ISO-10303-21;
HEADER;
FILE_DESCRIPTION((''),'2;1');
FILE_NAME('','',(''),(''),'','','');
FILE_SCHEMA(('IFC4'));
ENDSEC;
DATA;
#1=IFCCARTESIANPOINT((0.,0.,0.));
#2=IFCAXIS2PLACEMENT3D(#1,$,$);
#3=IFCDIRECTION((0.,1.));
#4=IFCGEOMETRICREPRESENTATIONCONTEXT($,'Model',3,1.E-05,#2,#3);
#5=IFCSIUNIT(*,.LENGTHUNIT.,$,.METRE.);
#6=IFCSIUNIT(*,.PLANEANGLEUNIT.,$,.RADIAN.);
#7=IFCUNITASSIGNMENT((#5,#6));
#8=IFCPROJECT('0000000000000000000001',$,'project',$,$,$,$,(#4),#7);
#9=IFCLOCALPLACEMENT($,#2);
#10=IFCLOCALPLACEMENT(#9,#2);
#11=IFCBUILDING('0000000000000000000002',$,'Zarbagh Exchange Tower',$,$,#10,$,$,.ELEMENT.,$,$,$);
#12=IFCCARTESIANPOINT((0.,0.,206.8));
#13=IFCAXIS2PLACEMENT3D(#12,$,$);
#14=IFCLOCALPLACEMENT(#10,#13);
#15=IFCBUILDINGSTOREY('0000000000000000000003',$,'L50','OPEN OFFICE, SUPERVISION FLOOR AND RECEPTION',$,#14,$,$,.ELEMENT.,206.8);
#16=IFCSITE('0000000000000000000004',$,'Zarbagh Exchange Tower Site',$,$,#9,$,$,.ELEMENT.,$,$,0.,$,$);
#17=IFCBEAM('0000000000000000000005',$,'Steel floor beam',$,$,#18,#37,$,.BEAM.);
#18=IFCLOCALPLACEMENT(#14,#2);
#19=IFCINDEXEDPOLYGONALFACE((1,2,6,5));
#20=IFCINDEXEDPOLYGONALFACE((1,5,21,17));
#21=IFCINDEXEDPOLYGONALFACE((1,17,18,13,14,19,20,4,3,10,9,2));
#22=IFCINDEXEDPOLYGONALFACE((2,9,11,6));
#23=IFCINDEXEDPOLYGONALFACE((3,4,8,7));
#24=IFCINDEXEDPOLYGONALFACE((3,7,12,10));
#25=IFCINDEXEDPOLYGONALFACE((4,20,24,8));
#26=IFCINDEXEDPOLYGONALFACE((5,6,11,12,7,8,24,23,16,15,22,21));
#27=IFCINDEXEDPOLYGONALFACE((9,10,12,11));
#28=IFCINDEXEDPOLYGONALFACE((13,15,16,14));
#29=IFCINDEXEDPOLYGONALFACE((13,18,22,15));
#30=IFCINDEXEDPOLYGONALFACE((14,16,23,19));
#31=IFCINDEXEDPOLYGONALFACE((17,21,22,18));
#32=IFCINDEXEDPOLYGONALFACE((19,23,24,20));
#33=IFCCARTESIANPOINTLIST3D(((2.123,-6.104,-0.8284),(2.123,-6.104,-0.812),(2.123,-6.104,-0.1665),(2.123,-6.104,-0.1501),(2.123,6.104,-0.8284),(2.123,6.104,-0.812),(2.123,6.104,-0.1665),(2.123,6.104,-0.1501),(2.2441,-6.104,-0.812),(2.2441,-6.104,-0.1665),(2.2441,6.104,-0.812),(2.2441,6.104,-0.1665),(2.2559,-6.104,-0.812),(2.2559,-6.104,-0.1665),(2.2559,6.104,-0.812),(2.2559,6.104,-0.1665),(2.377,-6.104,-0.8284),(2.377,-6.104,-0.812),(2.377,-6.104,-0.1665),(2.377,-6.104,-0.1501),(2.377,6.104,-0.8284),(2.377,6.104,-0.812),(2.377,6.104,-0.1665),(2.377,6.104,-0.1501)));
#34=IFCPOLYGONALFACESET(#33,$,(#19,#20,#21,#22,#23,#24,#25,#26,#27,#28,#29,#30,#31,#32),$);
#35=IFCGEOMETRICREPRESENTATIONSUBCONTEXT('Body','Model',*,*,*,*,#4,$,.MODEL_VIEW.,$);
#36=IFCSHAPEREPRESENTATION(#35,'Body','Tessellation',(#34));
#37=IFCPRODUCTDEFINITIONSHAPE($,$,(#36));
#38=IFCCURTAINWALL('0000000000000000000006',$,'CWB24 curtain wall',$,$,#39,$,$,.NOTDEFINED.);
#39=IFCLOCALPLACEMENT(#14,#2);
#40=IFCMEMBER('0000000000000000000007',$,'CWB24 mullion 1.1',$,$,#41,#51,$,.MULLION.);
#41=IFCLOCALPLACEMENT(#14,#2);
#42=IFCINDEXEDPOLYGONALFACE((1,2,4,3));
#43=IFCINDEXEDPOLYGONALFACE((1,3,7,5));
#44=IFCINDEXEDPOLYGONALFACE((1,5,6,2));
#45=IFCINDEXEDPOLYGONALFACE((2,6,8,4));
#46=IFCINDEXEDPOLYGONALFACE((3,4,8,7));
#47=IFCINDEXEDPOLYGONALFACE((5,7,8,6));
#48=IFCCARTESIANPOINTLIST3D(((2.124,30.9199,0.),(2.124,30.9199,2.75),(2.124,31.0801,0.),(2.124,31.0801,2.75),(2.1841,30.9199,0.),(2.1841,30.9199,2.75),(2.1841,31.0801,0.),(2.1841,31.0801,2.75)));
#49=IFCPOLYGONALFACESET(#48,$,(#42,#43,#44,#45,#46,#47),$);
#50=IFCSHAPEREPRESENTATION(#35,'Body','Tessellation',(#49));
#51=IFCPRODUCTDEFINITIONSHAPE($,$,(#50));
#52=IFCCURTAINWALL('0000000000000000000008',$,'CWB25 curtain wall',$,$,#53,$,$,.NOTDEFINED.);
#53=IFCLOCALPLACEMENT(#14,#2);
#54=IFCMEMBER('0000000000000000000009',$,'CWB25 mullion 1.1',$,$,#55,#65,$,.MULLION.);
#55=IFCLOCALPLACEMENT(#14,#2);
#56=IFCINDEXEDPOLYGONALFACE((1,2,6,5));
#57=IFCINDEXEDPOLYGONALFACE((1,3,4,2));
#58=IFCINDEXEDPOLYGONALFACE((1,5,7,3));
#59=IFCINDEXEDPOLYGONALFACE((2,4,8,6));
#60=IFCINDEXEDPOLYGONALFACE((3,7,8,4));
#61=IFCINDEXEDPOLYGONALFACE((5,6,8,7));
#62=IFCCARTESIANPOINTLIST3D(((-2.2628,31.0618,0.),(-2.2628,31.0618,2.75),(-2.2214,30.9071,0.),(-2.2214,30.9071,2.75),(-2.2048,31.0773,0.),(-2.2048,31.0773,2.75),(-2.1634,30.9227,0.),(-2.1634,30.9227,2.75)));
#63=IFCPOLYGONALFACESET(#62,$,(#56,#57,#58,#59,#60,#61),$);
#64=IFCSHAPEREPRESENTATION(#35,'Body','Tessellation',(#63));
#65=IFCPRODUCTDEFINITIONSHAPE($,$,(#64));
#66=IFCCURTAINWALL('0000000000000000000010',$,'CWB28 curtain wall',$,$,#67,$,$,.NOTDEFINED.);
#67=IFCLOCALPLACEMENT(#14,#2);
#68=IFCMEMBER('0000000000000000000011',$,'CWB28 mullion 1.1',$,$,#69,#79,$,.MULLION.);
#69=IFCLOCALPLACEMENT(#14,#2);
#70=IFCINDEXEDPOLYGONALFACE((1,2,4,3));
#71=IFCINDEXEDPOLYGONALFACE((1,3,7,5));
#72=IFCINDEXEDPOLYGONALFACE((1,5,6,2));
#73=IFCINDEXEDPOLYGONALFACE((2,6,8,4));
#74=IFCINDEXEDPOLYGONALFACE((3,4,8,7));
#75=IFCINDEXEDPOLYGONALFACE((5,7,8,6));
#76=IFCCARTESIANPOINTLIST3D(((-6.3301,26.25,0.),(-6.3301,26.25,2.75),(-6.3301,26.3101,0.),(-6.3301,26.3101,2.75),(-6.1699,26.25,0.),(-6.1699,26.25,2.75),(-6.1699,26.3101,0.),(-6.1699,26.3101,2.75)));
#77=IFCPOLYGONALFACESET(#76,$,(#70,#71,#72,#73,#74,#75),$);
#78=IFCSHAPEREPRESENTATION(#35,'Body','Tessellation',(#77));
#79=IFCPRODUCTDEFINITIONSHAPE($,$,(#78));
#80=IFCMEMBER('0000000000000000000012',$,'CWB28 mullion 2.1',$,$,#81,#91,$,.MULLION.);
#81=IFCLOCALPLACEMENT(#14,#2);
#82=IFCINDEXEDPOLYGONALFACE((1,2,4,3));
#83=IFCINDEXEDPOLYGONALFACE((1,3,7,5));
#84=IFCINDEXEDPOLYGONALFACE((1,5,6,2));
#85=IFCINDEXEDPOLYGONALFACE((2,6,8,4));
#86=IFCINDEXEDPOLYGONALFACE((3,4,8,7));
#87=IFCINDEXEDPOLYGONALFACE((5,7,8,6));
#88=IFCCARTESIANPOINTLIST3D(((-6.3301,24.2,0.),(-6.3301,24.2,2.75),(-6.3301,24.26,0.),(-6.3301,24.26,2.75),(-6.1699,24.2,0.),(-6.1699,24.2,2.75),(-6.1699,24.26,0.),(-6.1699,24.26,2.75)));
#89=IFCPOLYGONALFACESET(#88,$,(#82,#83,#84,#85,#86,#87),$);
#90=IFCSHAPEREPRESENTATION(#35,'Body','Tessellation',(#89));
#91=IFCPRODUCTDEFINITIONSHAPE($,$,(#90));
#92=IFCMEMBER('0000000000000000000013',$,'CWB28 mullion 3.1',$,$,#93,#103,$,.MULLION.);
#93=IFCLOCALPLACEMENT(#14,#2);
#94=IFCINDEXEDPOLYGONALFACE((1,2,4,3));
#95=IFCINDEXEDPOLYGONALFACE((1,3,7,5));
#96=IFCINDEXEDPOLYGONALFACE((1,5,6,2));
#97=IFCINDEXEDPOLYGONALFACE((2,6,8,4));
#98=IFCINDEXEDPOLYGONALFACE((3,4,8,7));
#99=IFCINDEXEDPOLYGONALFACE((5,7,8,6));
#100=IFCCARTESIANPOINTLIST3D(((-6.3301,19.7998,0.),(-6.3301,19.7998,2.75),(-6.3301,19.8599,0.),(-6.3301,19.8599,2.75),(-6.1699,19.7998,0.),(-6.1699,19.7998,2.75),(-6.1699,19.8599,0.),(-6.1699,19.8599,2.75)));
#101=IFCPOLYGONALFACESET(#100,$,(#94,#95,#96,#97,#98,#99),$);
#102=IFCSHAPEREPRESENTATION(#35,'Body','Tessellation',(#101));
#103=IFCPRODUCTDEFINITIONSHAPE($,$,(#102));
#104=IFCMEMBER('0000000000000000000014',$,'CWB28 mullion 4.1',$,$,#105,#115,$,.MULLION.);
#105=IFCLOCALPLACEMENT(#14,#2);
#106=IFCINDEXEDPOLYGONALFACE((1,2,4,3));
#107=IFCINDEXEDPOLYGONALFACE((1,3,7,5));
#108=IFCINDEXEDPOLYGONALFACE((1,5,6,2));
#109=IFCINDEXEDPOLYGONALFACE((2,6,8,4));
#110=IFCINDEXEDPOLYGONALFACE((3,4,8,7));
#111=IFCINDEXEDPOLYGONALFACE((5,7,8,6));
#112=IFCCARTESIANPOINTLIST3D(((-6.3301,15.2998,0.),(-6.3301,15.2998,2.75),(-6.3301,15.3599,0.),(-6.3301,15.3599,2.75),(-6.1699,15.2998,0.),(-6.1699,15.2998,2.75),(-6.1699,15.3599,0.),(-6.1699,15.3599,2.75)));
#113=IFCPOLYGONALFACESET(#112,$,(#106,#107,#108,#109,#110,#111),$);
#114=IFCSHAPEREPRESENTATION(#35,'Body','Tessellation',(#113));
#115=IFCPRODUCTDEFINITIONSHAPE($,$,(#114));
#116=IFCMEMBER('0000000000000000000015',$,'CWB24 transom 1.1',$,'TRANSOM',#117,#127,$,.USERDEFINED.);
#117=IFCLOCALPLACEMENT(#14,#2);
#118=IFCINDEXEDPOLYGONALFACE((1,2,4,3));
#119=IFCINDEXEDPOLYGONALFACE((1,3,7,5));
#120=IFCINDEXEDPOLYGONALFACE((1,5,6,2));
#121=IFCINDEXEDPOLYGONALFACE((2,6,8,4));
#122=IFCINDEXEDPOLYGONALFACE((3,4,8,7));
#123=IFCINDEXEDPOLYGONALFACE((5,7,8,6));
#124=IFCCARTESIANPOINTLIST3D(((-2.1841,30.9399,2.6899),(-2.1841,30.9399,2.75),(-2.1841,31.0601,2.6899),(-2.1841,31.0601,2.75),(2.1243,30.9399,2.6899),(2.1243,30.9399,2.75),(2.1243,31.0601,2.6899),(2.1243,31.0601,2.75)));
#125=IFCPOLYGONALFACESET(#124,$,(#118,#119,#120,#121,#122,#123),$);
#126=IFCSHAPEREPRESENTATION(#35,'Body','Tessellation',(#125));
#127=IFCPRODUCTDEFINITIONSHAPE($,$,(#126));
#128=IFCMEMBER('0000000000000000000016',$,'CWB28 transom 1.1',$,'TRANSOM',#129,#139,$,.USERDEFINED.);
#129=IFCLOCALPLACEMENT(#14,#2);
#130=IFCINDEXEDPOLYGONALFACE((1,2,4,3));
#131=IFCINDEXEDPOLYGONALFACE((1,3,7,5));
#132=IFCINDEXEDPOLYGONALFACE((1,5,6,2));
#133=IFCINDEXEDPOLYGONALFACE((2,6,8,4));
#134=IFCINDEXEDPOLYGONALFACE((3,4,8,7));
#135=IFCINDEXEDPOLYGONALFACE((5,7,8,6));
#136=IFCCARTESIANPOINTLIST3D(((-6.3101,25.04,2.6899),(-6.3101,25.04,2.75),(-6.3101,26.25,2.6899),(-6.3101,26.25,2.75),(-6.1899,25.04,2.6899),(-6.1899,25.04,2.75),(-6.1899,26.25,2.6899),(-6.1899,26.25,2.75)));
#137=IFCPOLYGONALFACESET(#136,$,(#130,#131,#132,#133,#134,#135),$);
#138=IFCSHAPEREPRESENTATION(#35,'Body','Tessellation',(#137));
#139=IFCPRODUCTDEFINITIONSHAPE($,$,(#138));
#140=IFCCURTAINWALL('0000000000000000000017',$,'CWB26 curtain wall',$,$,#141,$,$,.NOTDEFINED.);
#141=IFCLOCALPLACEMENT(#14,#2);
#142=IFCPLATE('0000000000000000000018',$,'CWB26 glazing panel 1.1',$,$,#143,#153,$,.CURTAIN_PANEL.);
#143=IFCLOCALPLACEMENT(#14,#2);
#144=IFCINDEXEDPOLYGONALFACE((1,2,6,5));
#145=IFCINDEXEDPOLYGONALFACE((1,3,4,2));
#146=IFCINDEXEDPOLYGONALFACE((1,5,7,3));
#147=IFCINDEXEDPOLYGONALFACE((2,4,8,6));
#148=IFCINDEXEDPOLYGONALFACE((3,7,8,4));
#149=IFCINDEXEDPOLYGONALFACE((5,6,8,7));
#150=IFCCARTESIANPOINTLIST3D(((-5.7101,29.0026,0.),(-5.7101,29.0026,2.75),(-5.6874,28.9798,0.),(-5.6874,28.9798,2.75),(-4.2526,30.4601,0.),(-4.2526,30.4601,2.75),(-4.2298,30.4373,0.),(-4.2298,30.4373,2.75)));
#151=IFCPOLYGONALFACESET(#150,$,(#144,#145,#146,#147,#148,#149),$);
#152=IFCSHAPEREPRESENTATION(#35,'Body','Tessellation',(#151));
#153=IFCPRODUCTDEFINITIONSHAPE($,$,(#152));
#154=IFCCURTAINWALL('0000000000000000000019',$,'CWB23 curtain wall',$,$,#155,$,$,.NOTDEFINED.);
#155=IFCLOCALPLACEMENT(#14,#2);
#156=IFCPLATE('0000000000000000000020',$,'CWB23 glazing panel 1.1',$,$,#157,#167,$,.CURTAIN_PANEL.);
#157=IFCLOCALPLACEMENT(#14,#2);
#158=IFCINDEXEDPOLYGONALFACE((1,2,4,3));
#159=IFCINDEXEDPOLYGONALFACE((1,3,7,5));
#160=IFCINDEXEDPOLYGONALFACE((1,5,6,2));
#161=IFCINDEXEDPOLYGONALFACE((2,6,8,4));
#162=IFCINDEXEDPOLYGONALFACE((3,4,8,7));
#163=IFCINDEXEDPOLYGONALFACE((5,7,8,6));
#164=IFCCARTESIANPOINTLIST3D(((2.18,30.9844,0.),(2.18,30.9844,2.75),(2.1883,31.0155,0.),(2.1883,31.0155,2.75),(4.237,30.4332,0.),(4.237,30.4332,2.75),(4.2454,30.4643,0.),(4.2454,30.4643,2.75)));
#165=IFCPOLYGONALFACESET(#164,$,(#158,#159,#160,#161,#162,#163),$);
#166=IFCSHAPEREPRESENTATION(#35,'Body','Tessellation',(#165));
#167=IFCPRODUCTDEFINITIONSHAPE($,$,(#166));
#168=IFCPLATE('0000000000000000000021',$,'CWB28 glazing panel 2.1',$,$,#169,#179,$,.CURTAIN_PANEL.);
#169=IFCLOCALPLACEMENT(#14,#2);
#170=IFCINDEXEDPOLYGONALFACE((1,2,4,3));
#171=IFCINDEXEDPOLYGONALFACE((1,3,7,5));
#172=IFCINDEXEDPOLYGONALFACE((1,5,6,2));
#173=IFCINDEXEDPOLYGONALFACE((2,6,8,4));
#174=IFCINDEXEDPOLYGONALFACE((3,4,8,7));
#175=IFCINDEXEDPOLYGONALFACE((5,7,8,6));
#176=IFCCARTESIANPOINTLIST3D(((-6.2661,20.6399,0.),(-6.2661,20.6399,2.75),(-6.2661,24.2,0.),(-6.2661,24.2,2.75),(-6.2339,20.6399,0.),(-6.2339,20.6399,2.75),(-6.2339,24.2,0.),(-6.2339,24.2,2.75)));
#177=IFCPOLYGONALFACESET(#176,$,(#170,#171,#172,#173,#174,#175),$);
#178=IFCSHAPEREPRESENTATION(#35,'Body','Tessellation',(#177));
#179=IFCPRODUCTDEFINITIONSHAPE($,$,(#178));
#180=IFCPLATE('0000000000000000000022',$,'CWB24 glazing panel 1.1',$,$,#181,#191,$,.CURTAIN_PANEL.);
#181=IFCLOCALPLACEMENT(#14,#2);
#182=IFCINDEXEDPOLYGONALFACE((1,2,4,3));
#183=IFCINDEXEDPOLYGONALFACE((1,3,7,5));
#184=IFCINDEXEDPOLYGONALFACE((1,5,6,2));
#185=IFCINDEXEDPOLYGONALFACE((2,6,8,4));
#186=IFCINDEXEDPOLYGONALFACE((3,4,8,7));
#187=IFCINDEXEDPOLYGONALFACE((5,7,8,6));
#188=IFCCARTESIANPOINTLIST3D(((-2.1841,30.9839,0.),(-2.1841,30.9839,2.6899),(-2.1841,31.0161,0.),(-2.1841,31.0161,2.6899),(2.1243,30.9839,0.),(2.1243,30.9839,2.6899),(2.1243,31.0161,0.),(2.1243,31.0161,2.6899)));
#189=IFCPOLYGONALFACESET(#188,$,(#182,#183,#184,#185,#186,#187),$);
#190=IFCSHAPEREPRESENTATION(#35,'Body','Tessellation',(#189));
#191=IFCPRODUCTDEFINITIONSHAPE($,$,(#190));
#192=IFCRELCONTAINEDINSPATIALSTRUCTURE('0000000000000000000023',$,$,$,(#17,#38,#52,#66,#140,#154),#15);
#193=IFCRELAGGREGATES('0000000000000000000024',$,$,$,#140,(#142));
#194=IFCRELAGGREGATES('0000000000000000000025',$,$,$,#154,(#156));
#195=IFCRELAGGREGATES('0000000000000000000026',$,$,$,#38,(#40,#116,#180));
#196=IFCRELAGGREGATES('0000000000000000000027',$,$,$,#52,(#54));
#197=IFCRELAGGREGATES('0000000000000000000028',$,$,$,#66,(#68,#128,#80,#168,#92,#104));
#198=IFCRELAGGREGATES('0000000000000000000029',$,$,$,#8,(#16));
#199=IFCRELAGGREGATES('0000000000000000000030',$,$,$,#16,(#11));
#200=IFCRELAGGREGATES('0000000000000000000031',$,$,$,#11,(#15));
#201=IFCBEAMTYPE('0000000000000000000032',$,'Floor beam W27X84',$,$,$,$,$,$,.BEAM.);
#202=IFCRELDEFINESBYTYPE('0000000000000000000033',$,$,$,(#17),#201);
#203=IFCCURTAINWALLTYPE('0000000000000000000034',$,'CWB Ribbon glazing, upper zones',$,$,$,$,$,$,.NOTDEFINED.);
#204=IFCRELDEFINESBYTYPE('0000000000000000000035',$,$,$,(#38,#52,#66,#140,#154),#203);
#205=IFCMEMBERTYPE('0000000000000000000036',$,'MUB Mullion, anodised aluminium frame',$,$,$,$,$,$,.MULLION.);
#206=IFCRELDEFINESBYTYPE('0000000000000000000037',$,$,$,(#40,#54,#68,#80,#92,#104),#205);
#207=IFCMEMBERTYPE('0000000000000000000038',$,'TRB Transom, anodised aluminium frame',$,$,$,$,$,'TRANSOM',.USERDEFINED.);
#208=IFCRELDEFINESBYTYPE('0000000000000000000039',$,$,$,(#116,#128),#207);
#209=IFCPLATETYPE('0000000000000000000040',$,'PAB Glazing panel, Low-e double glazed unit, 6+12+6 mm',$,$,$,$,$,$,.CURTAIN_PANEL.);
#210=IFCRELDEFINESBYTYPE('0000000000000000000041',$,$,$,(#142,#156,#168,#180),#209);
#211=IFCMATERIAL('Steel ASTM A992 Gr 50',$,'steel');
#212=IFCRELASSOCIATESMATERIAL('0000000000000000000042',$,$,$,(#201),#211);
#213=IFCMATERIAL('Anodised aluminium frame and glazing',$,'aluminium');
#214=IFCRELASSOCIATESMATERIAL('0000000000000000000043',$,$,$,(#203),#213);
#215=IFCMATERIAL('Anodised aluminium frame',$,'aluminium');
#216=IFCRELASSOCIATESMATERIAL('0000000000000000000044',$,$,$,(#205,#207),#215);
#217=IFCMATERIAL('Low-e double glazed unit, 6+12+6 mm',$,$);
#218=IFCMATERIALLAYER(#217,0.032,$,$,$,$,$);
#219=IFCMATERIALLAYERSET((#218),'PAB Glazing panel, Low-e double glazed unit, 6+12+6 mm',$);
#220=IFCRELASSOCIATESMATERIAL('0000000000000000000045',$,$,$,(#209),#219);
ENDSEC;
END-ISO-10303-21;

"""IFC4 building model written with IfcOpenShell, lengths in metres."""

from ifc_helpers import new_model, si_unit, direction, frame, origin, origin_2d, place, context, subcontext, project, spatial, polyline, i_section, outline, extrude, source, transform, mapped, material, layer, layer_set, material_profile, profile_set, type_object, element, aggregate, save


model = new_model("IFC4")

# Units and contexts
model_context = context("Model", 3, precision=1e-05, world=origin(), true_north=direction((0.0, 1.0)))
body_context = subcontext(model_context, "Body", "Model", "MODEL_VIEW")
ifc_project = project(units=[si_unit("LENGTHUNIT", "METRE"), si_unit("PLANEANGLEUNIT", "RADIAN")], contexts=[model_context])

# Site, building, storey
site_placement = place(None, origin())
site = spatial("IfcSite", under=ifc_project, at=site_placement, Name="Zarbagh Exchange Tower Site", CompositionType="ELEMENT", RefElevation=0.0)
building_placement = place(site_placement, origin())
building = spatial("IfcBuilding", under=site, at=building_placement, Name="Zarbagh Exchange Tower", CompositionType="ELEMENT")
storey_placement = place(building_placement, frame((0.0, 0.0, 206.8)))
storey = spatial("IfcBuildingStorey", under=building, at=storey_placement, Name="L50", Description="OPEN OFFICE, SUPERVISION FLOOR AND RECEPTION", CompositionType="ELEMENT", Elevation=206.8)

# Beam
ifc_material_1 = material(Name="Steel ASTM A992 Gr 50", Category="steel")
ifc_material_profile = material_profile(ifc_material_1, i_section(OverallWidth=0.2539, OverallDepth=0.6782, WebThickness=0.0117, FlangeThickness=0.0164, at=origin_2d()), Name="W27X84")
ifc_profile_set = profile_set([ifc_material_profile], Name="Steel ASTM A992 Gr 50")
beam_type = type_object("IfcBeamType", Name="Floor beam W27X84", PredefinedType="BEAM", material=ifc_profile_set)
beam_placement = place(storey_placement, frame((2.25, -6.104, -0.4893), z_axis=(0.0, 1.0, 0.0), x_axis=(-1.0, 0.0, 0.0)))
element("IfcBeam", 1, at=beam_placement, inside=storey, type_object=beam_type, Name="Steel floor beam", PredefinedType="BEAM", context=body_context, shape_type="SweptSolid", body=[
    extrude(i_section(OverallWidth=0.2539, OverallDepth=0.6782, WebThickness=0.0117, FlangeThickness=0.0164, at=origin_2d()), origin(), (0.0, 0.0, 1.0), 12.208),
])

# Curtain walls, members
ifc_material_2 = material(Name="Anodised aluminium frame and glazing", Category="aluminium")
curtain_wall_type = type_object("IfcCurtainWallType", Name="CWB Ribbon glazing, upper zones", PredefinedType="NOTDEFINED", material=ifc_material_2)
curtain_wall_1_placement = place(storey_placement, origin())
curtain_wall_1 = element("IfcCurtainWall", 2, at=curtain_wall_1_placement, inside=storey, type_object=curtain_wall_type, Name="CWB24 curtain wall", PredefinedType="NOTDEFINED")
ifc_material_3 = material(Name="Anodised aluminium frame", Category="aluminium")
member_type_1 = type_object("IfcMemberType", Name="MUB Mullion, anodised aluminium frame", PredefinedType="MULLION", material=ifc_material_3)
shared_shape_1 = source(origin(), body_context, "Body", "SweptSolid", [
    extrude(outline(polyline([(0.0, -0.0801), (0.0601, -0.0801), (0.0601, 0.0801), (0.0, 0.0801), (0.0, -0.0801)])), origin(), (0.0, 0.0, 1.0), 2.75),
])
placement = place(storey_placement, origin())
member_1 = element("IfcMember", 3, at=placement, type_object=member_type_1, Name="CWB24 mullion 1.1", PredefinedType="MULLION", context=body_context, shape_type="MappedRepresentation", body=[
    mapped(shared_shape_1, transform((2.1841, 31.0, 0.0), x_axis=(-1.0, 0.0, 0.0), y_axis=(0.0, -1.0, 0.0), z_axis=(0.0, 0.0, 1.0))),
])
curtain_wall_2_placement = place(storey_placement, origin())
curtain_wall_2 = element("IfcCurtainWall", 4, at=curtain_wall_2_placement, inside=storey, type_object=curtain_wall_type, Name="CWB25 curtain wall", PredefinedType="NOTDEFINED")
member_2 = element("IfcMember", 5, at=placement, type_object=member_type_1, Name="CWB25 mullion 1.1", PredefinedType="MULLION", context=body_context, shape_type="MappedRepresentation", body=[
    mapped(shared_shape_1, transform((-2.1841, 31.0, 0.0), x_axis=(-0.965924, -0.258825, 0.0), y_axis=(0.258825, -0.965924, 0.0), z_axis=(0.0, 0.0, 1.0))),
])

# Curtain wall, members
curtain_wall_3_placement = place(storey_placement, origin())
curtain_wall_3 = element("IfcCurtainWall", 6, at=curtain_wall_3_placement, inside=storey, type_object=curtain_wall_type, Name="CWB28 curtain wall", PredefinedType="NOTDEFINED")
member_3 = element("IfcMember", 7, at=placement, type_object=member_type_1, Name="CWB28 mullion 1.1", PredefinedType="MULLION", context=body_context, shape_type="MappedRepresentation", body=[
    mapped(shared_shape_1, transform((-6.25, 26.3101, 0.0), x_axis=(0.0, -1.0, 0.0), y_axis=(1.0, 0.0, 0.0), z_axis=(0.0, 0.0, 1.0))),
])
member_4 = element("IfcMember", 8, at=placement, type_object=member_type_1, Name="CWB28 mullion 2.1", PredefinedType="MULLION", context=body_context, shape_type="MappedRepresentation", body=[
    mapped(shared_shape_1, transform((-6.25, 24.26, 0.0), x_axis=(0.0, -1.0, 0.0), y_axis=(1.0, 0.0, 0.0), z_axis=(0.0, 0.0, 1.0))),
])
member_5 = element("IfcMember", 9, at=placement, type_object=member_type_1, Name="CWB28 mullion 3.1", PredefinedType="MULLION", context=body_context, shape_type="MappedRepresentation", body=[
    mapped(shared_shape_1, transform((-6.25, 19.8599, 0.0), x_axis=(0.0, -1.0, 0.0), y_axis=(1.0, 0.0, 0.0), z_axis=(0.0, 0.0, 1.0))),
])
member_6 = element("IfcMember", 10, at=placement, type_object=member_type_1, Name="CWB28 mullion 4.1", PredefinedType="MULLION", context=body_context, shape_type="MappedRepresentation", body=[
    mapped(shared_shape_1, transform((-6.25, 15.3599, 0.0), x_axis=(0.0, -1.0, 0.0), y_axis=(1.0, 0.0, 0.0), z_axis=(0.0, 0.0, 1.0))),
])

# Members
member_type_2 = type_object("IfcMemberType", Name="TRB Transom, anodised aluminium frame", ElementType="TRANSOM", PredefinedType="USERDEFINED", material=ifc_material_3)
shared_shape_2 = source(origin(), body_context, "Body", "SweptSolid", [
    extrude(outline(polyline([(-0.0601, -0.0601), (0.0, -0.0601), (0.0, 0.0601), (-0.0601, 0.0601), (-0.0601, -0.0601)])), origin(), (0.0, 0.0, 1.0), 4.3083),
])
member_7 = element("IfcMember", 11, at=placement, type_object=member_type_2, Name="CWB24 transom 1.1", ObjectType="TRANSOM", PredefinedType="USERDEFINED", context=body_context, shape_type="MappedRepresentation", body=[
    mapped(shared_shape_2, transform((2.1243, 31.0, 2.75), x_axis=(0.0, 0.0, 1.0), y_axis=(0.0, 1.0, 0.0), z_axis=(-1.0, 0.0, 0.0))),
])
shared_shape_3 = source(origin(), body_context, "Body", "SweptSolid", [
    extrude(outline(polyline([(-0.0601, -0.0601), (0.0, -0.0601), (0.0, 0.0601), (-0.0601, 0.0601), (-0.0601, -0.0601)])), origin(), (0.0, 0.0, 1.0), 1.21),
])
member_8 = element("IfcMember", 12, at=placement, type_object=member_type_2, Name="CWB28 transom 1.1", ObjectType="TRANSOM", PredefinedType="USERDEFINED", context=body_context, shape_type="MappedRepresentation", body=[
    mapped(shared_shape_3, transform((-6.25, 26.25, 2.75), x_axis=(0.0, 0.0, 1.0), y_axis=(-1.0, 0.0, 0.0), z_axis=(0.0, -1.0, 0.0))),
])

# Curtain walls, plates
curtain_wall_4_placement = place(storey_placement, origin())
curtain_wall_4 = element("IfcCurtainWall", 13, at=curtain_wall_4_placement, inside=storey, type_object=curtain_wall_type, Name="CWB26 curtain wall", PredefinedType="NOTDEFINED")
ifc_material_4 = material(Name="Low-e double glazed unit, 6+12+6 mm")
ifc_layer_1 = layer(ifc_material_4, 0.032)
ifc_layer_set_1 = layer_set([ifc_layer_1], Name="PAB Glazing panel, Low-e double glazed unit, 6+12+6 mm")
plate_type = type_object("IfcPlateType", Name="PAB Glazing panel, Low-e double glazed unit, 6+12+6 mm", PredefinedType="CURTAIN_PANEL", material=ifc_layer_set_1)
shared_shape_4 = source(origin(), body_context, "Body", "SweptSolid", [
    extrude(outline(polyline([(0.0, -0.0161), (2.0613, -0.0161), (2.0613, 0.0161), (0.0, 0.0161), (0.0, -0.0161)])), origin(), (0.0, 0.0, 1.0), 2.75),
])
plate_1 = element("IfcPlate", 14, at=placement, type_object=plate_type, Name="CWB26 glazing panel 1.1", PredefinedType="CURTAIN_PANEL", context=body_context, shape_type="MappedRepresentation", body=[
    mapped(shared_shape_4, transform((-4.2412, 30.4487, 0.0), x_axis=(-0.707107, -0.707107, 0.0), y_axis=(0.707107, -0.707107, 0.0), z_axis=(0.0, 0.0, 1.0))),
])
aggregate(curtain_wall_4, [plate_1])
curtain_wall_5_placement = place(storey_placement, origin())
curtain_wall_5 = element("IfcCurtainWall", 15, at=curtain_wall_5_placement, inside=storey, type_object=curtain_wall_type, Name="CWB23 curtain wall", PredefinedType="NOTDEFINED")
shared_shape_5 = source(origin(), body_context, "Body", "SweptSolid", [
    extrude(outline(polyline([(0.0, -0.0161), (2.1296, -0.0161), (2.1296, 0.0161), (0.0, 0.0161), (0.0, -0.0161)])), origin(), (0.0, 0.0, 1.0), 2.75),
])
plate_2 = element("IfcPlate", 16, at=placement, type_object=plate_type, Name="CWB23 glazing panel 1.1", PredefinedType="CURTAIN_PANEL", context=body_context, shape_type="MappedRepresentation", body=[
    mapped(shared_shape_5, transform((4.2412, 30.4487, 0.0), x_axis=(-0.965924, 0.258825, 0.0), y_axis=(-0.258825, -0.965924, 0.0), z_axis=(0.0, 0.0, 1.0))),
])
aggregate(curtain_wall_5, [plate_2])

# Plates
shared_shape_6 = source(origin(), body_context, "Body", "SweptSolid", [
    extrude(outline(polyline([(0.0, -0.0161), (3.5601, -0.0161), (3.5601, 0.0161), (0.0, 0.0161), (0.0, -0.0161)])), origin(), (0.0, 0.0, 1.0), 2.75),
])
plate_3 = element("IfcPlate", 17, at=placement, type_object=plate_type, Name="CWB28 glazing panel 2.1", PredefinedType="CURTAIN_PANEL", context=body_context, shape_type="MappedRepresentation", body=[
    mapped(shared_shape_6, transform((-6.25, 24.2, 0.0), x_axis=(0.0, -1.0, 0.0), y_axis=(1.0, 0.0, 0.0), z_axis=(0.0, 0.0, 1.0))),
])
shared_shape_7 = source(origin(), body_context, "Body", "SweptSolid", [
    extrude(outline(polyline([(0.0, -0.0161), (4.3083, -0.0161), (4.3083, 0.0161), (0.0, 0.0161), (0.0, -0.0161)])), origin(), (0.0, 0.0, 1.0), 2.6899),
])
plate_4 = element("IfcPlate", 18, at=placement, type_object=plate_type, Name="CWB24 glazing panel 1.1", PredefinedType="CURTAIN_PANEL", context=body_context, shape_type="MappedRepresentation", body=[
    mapped(shared_shape_7, transform((2.1243, 31.0, 0.0), x_axis=(-1.0, 0.0, 0.0), y_axis=(0.0, -1.0, 0.0), z_axis=(0.0, 0.0, 1.0))),
])
aggregate(curtain_wall_1, [member_1, member_7, plate_4])
aggregate(curtain_wall_2, [member_2])

aggregate(curtain_wall_3, [member_3, member_8, member_4, plate_3, member_5, member_6])

save(model, "model.ifc")
